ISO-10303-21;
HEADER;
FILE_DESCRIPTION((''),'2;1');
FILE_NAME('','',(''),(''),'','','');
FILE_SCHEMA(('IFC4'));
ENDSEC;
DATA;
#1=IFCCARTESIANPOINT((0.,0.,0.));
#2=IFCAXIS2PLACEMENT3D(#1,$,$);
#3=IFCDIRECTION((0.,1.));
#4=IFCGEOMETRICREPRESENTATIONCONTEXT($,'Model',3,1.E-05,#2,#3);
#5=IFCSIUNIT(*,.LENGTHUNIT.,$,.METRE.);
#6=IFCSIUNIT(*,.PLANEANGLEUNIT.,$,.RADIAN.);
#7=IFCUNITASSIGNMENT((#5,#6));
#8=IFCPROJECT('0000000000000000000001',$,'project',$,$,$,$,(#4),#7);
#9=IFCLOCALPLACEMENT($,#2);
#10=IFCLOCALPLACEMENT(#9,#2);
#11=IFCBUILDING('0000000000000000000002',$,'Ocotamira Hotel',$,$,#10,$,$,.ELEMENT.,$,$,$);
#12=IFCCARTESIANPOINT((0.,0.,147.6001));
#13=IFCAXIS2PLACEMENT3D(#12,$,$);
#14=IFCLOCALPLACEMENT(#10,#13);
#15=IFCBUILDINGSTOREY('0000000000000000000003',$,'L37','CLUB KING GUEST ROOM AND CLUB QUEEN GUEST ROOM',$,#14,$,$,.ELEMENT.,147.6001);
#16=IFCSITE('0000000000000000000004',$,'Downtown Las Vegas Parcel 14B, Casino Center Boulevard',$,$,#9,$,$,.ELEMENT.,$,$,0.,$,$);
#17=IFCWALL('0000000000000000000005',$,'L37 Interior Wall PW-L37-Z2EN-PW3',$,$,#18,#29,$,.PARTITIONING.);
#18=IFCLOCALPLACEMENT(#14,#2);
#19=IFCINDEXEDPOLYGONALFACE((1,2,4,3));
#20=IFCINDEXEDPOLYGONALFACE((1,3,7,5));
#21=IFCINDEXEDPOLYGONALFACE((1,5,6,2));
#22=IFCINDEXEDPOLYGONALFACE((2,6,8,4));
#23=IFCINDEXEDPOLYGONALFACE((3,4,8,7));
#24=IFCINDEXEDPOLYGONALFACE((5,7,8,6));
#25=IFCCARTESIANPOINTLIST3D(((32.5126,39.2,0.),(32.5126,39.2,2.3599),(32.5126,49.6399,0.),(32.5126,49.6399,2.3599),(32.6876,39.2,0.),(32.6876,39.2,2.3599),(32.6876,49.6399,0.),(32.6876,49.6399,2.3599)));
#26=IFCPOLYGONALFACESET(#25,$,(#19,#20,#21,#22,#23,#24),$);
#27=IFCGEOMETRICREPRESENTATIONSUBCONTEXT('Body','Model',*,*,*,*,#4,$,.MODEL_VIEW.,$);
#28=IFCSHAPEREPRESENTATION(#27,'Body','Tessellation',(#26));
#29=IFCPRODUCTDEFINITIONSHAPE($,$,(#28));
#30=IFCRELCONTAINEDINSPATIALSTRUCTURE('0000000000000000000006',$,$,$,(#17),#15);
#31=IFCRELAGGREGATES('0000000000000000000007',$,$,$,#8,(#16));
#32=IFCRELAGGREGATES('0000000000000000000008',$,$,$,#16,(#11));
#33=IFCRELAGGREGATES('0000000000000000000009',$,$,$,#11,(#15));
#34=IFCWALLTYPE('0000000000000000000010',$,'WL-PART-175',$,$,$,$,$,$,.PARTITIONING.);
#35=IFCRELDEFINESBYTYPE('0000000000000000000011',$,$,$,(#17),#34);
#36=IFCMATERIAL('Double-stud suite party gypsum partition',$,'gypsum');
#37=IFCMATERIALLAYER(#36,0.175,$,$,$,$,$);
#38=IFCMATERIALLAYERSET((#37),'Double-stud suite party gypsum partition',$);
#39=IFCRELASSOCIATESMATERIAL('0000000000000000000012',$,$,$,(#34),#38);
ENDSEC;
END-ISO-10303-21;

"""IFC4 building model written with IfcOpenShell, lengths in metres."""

from ifc_helpers import new_model, si_unit, direction, frame, frame_2d, origin, place, context, subcontext, project, spatial, rectangle, extrude, material, layer, layer_set, type_object, element, save


model = new_model("IFC4")

# Units and contexts
model_context = context("Model", 3, precision=1e-05, world=origin(), true_north=direction((0.0, 1.0)))
body_context = subcontext(model_context, "Body", "Model", "MODEL_VIEW")
ifc_project = project(units=[si_unit("LENGTHUNIT", "METRE"), si_unit("PLANEANGLEUNIT", "RADIAN")], contexts=[model_context])

# Site, building, storey
site_placement = place(None, origin())
site = spatial("IfcSite", under=ifc_project, at=site_placement, Name="Downtown Las Vegas Parcel 14B, Casino Center Boulevard", CompositionType="ELEMENT", RefElevation=0.0)
building_placement = place(site_placement, origin())
building = spatial("IfcBuilding", under=site, at=building_placement, Name="Ocotamira Hotel", CompositionType="ELEMENT")
storey_placement = place(building_placement, frame((0.0, 0.0, 147.6001)))
storey = spatial("IfcBuildingStorey", under=building, at=storey_placement, Name="L37", Description="CLUB KING GUEST ROOM AND CLUB QUEEN GUEST ROOM", CompositionType="ELEMENT", Elevation=147.6001)

# Wall
ifc_material_1 = material(Name="Double-stud suite party gypsum partition", Category="gypsum")
ifc_layer_1 = layer(ifc_material_1, 0.175)
ifc_layer_set_1 = layer_set([ifc_layer_1], Name="Double-stud suite party gypsum partition")
wall_type_1 = type_object("IfcWallType", Name="WL-PART-175", PredefinedType="PARTITIONING", material=ifc_layer_set_1)
wall_1_placement = place(storey_placement, frame((32.6001, 39.2, 0.0), z_axis=(0.0, 0.0, 1.0), x_axis=(0.0, 1.0, 0.0)))
element("IfcWall", 1, at=wall_1_placement, inside=storey, type_object=wall_type_1, Name="L37 Interior Wall PW-L37-Z2EN-PW3", PredefinedType="PARTITIONING", context=body_context, shape_type="SweptSolid", body=[
    extrude(rectangle(XDim=10.4399, YDim=0.175, at=frame_2d((5.22, 0.0))), origin(), (0.0, 0.0, 1.0), 2.3599),
])

save(model, "model.ifc")
